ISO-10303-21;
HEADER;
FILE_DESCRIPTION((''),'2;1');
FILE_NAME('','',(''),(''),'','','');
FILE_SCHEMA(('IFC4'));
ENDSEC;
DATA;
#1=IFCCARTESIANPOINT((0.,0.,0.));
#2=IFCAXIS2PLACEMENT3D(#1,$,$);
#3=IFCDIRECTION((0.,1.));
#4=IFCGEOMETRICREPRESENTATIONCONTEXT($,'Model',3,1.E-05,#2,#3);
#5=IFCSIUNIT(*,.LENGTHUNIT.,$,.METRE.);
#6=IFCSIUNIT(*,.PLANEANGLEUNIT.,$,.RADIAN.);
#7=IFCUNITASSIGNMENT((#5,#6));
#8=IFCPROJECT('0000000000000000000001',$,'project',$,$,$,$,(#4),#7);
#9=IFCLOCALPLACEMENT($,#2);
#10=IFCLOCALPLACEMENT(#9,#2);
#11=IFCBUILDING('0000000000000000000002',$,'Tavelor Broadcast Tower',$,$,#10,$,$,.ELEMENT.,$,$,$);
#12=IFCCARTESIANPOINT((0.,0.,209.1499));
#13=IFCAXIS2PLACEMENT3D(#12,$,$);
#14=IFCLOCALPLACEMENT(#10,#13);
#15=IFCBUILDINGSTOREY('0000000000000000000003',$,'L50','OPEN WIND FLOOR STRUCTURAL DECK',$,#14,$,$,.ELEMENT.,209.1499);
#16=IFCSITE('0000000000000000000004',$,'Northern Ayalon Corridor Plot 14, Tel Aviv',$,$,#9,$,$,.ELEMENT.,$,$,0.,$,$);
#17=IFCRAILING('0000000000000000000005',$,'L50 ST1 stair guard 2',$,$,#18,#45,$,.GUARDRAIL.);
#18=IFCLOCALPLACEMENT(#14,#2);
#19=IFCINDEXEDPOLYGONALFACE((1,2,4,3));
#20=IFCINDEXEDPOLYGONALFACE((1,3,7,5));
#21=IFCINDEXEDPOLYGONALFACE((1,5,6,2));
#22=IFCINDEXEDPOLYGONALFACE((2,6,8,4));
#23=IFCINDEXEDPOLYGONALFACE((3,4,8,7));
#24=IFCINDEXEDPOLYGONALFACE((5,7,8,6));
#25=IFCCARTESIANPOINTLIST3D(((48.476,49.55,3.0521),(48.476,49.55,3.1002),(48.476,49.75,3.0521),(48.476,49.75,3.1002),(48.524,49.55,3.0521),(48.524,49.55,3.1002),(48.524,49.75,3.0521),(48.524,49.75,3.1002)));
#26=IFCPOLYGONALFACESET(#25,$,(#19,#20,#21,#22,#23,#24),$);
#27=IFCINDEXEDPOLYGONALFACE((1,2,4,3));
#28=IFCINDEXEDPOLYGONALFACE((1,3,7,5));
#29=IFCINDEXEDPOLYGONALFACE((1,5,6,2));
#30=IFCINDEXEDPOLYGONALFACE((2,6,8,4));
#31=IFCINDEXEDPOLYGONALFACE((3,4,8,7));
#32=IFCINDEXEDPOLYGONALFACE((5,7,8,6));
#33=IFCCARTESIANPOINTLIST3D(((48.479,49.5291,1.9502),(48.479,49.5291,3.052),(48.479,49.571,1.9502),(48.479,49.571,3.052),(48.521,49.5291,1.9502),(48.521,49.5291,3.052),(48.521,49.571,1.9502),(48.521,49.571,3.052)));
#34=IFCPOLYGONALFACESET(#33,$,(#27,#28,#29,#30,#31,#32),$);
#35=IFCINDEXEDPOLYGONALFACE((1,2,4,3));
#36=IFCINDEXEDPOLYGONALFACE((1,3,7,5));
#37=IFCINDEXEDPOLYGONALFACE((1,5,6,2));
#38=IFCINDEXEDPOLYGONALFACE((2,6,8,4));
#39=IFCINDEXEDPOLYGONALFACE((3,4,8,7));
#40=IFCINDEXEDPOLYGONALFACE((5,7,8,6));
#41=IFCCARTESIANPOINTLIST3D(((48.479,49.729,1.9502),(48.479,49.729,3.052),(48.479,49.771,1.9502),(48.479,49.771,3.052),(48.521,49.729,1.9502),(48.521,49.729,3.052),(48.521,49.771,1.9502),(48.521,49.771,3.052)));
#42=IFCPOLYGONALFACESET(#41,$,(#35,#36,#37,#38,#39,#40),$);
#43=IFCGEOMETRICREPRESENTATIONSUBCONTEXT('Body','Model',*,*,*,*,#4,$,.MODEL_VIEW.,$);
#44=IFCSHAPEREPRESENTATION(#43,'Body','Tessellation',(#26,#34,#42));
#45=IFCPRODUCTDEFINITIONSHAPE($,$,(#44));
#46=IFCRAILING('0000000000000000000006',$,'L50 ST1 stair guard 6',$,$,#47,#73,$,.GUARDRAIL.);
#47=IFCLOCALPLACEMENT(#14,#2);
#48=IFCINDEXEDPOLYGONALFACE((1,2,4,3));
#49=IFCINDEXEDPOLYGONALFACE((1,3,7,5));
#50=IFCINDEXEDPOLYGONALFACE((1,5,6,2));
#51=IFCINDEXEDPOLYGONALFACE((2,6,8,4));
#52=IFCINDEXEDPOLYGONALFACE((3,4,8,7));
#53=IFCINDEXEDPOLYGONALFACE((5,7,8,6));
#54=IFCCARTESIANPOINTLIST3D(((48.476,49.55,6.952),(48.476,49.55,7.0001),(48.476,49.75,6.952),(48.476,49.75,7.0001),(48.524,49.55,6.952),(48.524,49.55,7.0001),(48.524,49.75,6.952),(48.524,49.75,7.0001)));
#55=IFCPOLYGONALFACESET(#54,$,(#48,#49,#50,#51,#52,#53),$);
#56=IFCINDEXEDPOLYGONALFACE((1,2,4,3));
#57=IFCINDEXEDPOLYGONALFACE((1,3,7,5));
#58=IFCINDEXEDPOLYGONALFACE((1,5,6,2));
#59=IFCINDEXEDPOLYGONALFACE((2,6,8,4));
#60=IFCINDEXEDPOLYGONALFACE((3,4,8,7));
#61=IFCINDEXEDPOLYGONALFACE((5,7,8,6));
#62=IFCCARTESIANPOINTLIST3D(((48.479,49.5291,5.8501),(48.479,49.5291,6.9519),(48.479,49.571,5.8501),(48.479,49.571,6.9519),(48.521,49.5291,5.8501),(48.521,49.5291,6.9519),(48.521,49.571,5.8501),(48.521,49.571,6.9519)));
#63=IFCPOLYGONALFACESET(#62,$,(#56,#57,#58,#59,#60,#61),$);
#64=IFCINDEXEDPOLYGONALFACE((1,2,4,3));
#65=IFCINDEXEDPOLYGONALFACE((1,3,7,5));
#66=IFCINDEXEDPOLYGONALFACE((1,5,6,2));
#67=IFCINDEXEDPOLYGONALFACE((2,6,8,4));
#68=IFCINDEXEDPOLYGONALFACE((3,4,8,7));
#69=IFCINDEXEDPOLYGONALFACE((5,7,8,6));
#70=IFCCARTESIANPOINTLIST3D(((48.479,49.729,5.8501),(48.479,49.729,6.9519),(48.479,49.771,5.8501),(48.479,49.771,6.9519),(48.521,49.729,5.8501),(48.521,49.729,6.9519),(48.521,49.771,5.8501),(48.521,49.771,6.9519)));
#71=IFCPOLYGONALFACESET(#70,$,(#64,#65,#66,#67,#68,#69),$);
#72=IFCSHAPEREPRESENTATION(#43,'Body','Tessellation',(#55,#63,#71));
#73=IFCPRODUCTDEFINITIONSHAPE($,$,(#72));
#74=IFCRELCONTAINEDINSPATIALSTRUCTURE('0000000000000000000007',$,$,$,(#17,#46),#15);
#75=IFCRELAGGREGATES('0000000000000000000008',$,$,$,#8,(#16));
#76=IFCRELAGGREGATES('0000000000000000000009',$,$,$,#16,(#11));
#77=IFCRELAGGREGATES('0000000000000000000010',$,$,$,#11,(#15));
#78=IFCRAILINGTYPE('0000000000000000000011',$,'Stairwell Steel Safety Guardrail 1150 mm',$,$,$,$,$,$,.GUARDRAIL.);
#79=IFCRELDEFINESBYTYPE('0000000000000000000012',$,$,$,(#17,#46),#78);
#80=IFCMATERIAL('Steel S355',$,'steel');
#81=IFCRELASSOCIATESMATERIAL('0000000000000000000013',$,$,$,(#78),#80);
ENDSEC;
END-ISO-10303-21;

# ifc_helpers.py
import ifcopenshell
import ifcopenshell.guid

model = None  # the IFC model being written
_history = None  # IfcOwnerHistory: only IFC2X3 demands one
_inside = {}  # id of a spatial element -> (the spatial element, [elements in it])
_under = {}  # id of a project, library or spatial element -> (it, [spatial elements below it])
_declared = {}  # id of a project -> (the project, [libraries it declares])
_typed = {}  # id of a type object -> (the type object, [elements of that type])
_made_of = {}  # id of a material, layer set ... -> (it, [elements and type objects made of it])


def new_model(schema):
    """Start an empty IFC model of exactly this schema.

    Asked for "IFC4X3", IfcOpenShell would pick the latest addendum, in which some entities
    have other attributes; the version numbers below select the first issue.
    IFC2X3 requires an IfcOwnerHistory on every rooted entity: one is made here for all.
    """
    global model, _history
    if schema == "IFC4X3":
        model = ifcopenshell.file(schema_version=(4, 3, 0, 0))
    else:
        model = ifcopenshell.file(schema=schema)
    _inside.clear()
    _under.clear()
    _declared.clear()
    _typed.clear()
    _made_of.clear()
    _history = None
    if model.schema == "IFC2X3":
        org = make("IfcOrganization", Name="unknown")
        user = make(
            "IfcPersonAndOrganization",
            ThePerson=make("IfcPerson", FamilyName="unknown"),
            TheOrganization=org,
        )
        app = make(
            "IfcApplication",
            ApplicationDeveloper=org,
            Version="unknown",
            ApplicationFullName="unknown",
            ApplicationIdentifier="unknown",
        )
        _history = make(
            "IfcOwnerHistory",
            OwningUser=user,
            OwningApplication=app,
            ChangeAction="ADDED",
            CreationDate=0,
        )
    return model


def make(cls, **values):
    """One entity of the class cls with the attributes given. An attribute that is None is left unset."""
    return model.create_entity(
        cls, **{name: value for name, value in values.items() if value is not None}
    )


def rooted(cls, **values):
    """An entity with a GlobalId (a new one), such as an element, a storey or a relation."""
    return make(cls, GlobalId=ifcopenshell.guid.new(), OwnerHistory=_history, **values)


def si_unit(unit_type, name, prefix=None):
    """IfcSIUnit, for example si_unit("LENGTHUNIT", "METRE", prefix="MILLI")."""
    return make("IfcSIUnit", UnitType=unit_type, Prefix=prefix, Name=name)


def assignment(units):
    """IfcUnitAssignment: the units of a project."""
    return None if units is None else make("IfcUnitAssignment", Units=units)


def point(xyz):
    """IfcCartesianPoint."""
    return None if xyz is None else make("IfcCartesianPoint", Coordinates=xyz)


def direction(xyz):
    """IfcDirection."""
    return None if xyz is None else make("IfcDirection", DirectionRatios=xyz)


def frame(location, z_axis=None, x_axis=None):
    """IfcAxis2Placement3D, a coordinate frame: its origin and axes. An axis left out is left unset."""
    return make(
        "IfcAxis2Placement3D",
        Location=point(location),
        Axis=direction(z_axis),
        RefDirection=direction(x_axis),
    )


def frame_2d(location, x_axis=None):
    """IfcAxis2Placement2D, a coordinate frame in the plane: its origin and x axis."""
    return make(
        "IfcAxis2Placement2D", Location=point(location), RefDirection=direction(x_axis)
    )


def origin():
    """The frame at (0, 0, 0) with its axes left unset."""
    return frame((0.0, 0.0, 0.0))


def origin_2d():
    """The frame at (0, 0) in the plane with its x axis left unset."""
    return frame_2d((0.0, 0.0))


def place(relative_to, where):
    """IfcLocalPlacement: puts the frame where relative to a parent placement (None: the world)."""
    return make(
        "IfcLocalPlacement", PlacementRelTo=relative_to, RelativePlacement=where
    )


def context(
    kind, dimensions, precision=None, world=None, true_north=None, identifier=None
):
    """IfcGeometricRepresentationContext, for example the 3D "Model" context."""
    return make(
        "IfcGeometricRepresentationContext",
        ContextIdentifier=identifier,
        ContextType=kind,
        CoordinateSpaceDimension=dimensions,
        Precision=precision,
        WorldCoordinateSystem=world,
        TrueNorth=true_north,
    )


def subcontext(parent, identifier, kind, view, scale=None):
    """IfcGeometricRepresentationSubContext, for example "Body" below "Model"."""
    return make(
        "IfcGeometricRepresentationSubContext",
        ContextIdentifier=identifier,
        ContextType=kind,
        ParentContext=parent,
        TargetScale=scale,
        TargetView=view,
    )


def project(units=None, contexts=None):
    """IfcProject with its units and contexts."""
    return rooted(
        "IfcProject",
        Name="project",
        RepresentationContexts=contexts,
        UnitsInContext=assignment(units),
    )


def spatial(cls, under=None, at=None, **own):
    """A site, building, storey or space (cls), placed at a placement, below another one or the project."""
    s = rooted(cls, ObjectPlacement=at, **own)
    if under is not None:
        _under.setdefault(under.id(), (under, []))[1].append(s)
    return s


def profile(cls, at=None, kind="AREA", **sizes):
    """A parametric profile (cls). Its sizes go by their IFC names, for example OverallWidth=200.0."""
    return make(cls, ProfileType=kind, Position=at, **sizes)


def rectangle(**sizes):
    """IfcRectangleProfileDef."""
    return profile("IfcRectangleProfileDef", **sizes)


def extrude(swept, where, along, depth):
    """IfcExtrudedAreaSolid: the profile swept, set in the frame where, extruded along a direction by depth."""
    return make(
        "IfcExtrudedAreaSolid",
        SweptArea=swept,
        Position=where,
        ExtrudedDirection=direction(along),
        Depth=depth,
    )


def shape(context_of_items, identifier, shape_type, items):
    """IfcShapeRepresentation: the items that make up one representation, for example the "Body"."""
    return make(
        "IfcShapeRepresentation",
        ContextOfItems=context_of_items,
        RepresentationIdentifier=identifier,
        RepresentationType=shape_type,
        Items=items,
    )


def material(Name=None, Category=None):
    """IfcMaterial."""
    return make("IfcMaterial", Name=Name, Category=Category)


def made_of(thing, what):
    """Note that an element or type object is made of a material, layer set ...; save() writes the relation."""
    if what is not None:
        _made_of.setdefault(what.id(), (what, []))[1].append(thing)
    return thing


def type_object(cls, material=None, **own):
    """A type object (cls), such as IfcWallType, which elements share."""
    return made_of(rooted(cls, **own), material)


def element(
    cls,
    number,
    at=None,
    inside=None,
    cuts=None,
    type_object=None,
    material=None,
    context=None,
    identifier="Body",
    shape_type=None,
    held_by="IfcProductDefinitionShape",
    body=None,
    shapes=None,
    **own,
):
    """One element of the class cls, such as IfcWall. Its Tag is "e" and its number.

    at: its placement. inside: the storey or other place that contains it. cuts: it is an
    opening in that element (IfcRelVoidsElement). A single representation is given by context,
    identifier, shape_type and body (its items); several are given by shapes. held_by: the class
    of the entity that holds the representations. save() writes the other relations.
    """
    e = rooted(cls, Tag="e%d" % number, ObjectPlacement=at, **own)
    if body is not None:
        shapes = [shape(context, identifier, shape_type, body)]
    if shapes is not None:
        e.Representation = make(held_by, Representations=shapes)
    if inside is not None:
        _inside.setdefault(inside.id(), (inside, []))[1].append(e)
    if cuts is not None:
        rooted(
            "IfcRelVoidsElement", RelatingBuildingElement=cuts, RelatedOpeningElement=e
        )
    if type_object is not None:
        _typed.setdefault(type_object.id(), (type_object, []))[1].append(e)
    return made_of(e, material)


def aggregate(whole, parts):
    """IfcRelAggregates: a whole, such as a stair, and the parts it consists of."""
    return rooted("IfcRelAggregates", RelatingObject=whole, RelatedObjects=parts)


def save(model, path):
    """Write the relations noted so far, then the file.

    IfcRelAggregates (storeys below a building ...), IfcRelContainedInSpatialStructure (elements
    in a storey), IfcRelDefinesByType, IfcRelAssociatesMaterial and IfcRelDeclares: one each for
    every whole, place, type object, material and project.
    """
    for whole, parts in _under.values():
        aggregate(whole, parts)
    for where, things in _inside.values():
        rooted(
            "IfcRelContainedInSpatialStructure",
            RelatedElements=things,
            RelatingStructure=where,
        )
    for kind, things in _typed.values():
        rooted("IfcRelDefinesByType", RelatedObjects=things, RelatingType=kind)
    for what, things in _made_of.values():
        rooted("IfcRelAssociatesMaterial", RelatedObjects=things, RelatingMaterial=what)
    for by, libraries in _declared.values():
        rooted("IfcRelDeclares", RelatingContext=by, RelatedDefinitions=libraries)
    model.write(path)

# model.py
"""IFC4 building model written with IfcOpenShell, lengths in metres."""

from ifc_helpers import new_model, si_unit, direction, frame, origin, origin_2d, place, context, subcontext, project, spatial, rectangle, extrude, material, type_object, element, save


model = new_model("IFC4")

# Units and contexts
model_context = context("Model", 3, precision=1e-05, world=origin(), true_north=direction((0.0, 1.0)))
body_context = subcontext(model_context, "Body", "Model", "MODEL_VIEW")
ifc_project = project(units=[si_unit("LENGTHUNIT", "METRE"), si_unit("PLANEANGLEUNIT", "RADIAN")], contexts=[model_context])

# Site, building, storey
site_placement = place(None, origin())
site = spatial("IfcSite", under=ifc_project, at=site_placement, Name="Northern Ayalon Corridor Plot 14, Tel Aviv", CompositionType="ELEMENT", RefElevation=0.0)
building_placement = place(site_placement, origin())
building = spatial("IfcBuilding", under=site, at=building_placement, Name="Tavelor Broadcast Tower", CompositionType="ELEMENT")
storey_placement = place(building_placement, frame((0.0, 0.0, 209.1499)))
storey = spatial("IfcBuildingStorey", under=building, at=storey_placement, Name="L50", Description="OPEN WIND FLOOR STRUCTURAL DECK", CompositionType="ELEMENT", Elevation=209.1499)

# Shared definitions
ifc_material_1 = material(Name="Steel S355", Category="steel")

# Railings
railing_type = type_object("IfcRailingType", Name="Stairwell Steel Safety Guardrail 1150 mm", PredefinedType="GUARDRAIL", material=ifc_material_1)
for number, where, name in (
    (1, (48.5, 49.55, 1.9502), "L50 ST1 stair guard 2"),
    (2, (48.5, 49.55, 5.8501), "L50 ST1 stair guard 6"),
):
    element("IfcRailing", number, at=place(storey_placement, frame(where)), inside=storey, type_object=railing_type, Name=name, PredefinedType="GUARDRAIL", context=body_context, shape_type="SweptSolid", body=[
        extrude(rectangle(XDim=0.0481, YDim=0.0481, at=origin_2d()), frame((0.0, 0.0, 1.126), z_axis=(0.0, 1.0, 0.0), x_axis=(-1.0, 0.0, 0.0)), (0.0, 0.0, 1.0), 0.2),
        extrude(rectangle(XDim=0.042, YDim=0.042, at=origin_2d()), origin(), (0.0, 0.0, 1.0), 1.1018),
        extrude(rectangle(XDim=0.042, YDim=0.042, at=origin_2d()), frame((0.0, 0.2, 0.0)), (0.0, 0.0, 1.0), 1.1018),
    ])

save(model, "model.ifc")
